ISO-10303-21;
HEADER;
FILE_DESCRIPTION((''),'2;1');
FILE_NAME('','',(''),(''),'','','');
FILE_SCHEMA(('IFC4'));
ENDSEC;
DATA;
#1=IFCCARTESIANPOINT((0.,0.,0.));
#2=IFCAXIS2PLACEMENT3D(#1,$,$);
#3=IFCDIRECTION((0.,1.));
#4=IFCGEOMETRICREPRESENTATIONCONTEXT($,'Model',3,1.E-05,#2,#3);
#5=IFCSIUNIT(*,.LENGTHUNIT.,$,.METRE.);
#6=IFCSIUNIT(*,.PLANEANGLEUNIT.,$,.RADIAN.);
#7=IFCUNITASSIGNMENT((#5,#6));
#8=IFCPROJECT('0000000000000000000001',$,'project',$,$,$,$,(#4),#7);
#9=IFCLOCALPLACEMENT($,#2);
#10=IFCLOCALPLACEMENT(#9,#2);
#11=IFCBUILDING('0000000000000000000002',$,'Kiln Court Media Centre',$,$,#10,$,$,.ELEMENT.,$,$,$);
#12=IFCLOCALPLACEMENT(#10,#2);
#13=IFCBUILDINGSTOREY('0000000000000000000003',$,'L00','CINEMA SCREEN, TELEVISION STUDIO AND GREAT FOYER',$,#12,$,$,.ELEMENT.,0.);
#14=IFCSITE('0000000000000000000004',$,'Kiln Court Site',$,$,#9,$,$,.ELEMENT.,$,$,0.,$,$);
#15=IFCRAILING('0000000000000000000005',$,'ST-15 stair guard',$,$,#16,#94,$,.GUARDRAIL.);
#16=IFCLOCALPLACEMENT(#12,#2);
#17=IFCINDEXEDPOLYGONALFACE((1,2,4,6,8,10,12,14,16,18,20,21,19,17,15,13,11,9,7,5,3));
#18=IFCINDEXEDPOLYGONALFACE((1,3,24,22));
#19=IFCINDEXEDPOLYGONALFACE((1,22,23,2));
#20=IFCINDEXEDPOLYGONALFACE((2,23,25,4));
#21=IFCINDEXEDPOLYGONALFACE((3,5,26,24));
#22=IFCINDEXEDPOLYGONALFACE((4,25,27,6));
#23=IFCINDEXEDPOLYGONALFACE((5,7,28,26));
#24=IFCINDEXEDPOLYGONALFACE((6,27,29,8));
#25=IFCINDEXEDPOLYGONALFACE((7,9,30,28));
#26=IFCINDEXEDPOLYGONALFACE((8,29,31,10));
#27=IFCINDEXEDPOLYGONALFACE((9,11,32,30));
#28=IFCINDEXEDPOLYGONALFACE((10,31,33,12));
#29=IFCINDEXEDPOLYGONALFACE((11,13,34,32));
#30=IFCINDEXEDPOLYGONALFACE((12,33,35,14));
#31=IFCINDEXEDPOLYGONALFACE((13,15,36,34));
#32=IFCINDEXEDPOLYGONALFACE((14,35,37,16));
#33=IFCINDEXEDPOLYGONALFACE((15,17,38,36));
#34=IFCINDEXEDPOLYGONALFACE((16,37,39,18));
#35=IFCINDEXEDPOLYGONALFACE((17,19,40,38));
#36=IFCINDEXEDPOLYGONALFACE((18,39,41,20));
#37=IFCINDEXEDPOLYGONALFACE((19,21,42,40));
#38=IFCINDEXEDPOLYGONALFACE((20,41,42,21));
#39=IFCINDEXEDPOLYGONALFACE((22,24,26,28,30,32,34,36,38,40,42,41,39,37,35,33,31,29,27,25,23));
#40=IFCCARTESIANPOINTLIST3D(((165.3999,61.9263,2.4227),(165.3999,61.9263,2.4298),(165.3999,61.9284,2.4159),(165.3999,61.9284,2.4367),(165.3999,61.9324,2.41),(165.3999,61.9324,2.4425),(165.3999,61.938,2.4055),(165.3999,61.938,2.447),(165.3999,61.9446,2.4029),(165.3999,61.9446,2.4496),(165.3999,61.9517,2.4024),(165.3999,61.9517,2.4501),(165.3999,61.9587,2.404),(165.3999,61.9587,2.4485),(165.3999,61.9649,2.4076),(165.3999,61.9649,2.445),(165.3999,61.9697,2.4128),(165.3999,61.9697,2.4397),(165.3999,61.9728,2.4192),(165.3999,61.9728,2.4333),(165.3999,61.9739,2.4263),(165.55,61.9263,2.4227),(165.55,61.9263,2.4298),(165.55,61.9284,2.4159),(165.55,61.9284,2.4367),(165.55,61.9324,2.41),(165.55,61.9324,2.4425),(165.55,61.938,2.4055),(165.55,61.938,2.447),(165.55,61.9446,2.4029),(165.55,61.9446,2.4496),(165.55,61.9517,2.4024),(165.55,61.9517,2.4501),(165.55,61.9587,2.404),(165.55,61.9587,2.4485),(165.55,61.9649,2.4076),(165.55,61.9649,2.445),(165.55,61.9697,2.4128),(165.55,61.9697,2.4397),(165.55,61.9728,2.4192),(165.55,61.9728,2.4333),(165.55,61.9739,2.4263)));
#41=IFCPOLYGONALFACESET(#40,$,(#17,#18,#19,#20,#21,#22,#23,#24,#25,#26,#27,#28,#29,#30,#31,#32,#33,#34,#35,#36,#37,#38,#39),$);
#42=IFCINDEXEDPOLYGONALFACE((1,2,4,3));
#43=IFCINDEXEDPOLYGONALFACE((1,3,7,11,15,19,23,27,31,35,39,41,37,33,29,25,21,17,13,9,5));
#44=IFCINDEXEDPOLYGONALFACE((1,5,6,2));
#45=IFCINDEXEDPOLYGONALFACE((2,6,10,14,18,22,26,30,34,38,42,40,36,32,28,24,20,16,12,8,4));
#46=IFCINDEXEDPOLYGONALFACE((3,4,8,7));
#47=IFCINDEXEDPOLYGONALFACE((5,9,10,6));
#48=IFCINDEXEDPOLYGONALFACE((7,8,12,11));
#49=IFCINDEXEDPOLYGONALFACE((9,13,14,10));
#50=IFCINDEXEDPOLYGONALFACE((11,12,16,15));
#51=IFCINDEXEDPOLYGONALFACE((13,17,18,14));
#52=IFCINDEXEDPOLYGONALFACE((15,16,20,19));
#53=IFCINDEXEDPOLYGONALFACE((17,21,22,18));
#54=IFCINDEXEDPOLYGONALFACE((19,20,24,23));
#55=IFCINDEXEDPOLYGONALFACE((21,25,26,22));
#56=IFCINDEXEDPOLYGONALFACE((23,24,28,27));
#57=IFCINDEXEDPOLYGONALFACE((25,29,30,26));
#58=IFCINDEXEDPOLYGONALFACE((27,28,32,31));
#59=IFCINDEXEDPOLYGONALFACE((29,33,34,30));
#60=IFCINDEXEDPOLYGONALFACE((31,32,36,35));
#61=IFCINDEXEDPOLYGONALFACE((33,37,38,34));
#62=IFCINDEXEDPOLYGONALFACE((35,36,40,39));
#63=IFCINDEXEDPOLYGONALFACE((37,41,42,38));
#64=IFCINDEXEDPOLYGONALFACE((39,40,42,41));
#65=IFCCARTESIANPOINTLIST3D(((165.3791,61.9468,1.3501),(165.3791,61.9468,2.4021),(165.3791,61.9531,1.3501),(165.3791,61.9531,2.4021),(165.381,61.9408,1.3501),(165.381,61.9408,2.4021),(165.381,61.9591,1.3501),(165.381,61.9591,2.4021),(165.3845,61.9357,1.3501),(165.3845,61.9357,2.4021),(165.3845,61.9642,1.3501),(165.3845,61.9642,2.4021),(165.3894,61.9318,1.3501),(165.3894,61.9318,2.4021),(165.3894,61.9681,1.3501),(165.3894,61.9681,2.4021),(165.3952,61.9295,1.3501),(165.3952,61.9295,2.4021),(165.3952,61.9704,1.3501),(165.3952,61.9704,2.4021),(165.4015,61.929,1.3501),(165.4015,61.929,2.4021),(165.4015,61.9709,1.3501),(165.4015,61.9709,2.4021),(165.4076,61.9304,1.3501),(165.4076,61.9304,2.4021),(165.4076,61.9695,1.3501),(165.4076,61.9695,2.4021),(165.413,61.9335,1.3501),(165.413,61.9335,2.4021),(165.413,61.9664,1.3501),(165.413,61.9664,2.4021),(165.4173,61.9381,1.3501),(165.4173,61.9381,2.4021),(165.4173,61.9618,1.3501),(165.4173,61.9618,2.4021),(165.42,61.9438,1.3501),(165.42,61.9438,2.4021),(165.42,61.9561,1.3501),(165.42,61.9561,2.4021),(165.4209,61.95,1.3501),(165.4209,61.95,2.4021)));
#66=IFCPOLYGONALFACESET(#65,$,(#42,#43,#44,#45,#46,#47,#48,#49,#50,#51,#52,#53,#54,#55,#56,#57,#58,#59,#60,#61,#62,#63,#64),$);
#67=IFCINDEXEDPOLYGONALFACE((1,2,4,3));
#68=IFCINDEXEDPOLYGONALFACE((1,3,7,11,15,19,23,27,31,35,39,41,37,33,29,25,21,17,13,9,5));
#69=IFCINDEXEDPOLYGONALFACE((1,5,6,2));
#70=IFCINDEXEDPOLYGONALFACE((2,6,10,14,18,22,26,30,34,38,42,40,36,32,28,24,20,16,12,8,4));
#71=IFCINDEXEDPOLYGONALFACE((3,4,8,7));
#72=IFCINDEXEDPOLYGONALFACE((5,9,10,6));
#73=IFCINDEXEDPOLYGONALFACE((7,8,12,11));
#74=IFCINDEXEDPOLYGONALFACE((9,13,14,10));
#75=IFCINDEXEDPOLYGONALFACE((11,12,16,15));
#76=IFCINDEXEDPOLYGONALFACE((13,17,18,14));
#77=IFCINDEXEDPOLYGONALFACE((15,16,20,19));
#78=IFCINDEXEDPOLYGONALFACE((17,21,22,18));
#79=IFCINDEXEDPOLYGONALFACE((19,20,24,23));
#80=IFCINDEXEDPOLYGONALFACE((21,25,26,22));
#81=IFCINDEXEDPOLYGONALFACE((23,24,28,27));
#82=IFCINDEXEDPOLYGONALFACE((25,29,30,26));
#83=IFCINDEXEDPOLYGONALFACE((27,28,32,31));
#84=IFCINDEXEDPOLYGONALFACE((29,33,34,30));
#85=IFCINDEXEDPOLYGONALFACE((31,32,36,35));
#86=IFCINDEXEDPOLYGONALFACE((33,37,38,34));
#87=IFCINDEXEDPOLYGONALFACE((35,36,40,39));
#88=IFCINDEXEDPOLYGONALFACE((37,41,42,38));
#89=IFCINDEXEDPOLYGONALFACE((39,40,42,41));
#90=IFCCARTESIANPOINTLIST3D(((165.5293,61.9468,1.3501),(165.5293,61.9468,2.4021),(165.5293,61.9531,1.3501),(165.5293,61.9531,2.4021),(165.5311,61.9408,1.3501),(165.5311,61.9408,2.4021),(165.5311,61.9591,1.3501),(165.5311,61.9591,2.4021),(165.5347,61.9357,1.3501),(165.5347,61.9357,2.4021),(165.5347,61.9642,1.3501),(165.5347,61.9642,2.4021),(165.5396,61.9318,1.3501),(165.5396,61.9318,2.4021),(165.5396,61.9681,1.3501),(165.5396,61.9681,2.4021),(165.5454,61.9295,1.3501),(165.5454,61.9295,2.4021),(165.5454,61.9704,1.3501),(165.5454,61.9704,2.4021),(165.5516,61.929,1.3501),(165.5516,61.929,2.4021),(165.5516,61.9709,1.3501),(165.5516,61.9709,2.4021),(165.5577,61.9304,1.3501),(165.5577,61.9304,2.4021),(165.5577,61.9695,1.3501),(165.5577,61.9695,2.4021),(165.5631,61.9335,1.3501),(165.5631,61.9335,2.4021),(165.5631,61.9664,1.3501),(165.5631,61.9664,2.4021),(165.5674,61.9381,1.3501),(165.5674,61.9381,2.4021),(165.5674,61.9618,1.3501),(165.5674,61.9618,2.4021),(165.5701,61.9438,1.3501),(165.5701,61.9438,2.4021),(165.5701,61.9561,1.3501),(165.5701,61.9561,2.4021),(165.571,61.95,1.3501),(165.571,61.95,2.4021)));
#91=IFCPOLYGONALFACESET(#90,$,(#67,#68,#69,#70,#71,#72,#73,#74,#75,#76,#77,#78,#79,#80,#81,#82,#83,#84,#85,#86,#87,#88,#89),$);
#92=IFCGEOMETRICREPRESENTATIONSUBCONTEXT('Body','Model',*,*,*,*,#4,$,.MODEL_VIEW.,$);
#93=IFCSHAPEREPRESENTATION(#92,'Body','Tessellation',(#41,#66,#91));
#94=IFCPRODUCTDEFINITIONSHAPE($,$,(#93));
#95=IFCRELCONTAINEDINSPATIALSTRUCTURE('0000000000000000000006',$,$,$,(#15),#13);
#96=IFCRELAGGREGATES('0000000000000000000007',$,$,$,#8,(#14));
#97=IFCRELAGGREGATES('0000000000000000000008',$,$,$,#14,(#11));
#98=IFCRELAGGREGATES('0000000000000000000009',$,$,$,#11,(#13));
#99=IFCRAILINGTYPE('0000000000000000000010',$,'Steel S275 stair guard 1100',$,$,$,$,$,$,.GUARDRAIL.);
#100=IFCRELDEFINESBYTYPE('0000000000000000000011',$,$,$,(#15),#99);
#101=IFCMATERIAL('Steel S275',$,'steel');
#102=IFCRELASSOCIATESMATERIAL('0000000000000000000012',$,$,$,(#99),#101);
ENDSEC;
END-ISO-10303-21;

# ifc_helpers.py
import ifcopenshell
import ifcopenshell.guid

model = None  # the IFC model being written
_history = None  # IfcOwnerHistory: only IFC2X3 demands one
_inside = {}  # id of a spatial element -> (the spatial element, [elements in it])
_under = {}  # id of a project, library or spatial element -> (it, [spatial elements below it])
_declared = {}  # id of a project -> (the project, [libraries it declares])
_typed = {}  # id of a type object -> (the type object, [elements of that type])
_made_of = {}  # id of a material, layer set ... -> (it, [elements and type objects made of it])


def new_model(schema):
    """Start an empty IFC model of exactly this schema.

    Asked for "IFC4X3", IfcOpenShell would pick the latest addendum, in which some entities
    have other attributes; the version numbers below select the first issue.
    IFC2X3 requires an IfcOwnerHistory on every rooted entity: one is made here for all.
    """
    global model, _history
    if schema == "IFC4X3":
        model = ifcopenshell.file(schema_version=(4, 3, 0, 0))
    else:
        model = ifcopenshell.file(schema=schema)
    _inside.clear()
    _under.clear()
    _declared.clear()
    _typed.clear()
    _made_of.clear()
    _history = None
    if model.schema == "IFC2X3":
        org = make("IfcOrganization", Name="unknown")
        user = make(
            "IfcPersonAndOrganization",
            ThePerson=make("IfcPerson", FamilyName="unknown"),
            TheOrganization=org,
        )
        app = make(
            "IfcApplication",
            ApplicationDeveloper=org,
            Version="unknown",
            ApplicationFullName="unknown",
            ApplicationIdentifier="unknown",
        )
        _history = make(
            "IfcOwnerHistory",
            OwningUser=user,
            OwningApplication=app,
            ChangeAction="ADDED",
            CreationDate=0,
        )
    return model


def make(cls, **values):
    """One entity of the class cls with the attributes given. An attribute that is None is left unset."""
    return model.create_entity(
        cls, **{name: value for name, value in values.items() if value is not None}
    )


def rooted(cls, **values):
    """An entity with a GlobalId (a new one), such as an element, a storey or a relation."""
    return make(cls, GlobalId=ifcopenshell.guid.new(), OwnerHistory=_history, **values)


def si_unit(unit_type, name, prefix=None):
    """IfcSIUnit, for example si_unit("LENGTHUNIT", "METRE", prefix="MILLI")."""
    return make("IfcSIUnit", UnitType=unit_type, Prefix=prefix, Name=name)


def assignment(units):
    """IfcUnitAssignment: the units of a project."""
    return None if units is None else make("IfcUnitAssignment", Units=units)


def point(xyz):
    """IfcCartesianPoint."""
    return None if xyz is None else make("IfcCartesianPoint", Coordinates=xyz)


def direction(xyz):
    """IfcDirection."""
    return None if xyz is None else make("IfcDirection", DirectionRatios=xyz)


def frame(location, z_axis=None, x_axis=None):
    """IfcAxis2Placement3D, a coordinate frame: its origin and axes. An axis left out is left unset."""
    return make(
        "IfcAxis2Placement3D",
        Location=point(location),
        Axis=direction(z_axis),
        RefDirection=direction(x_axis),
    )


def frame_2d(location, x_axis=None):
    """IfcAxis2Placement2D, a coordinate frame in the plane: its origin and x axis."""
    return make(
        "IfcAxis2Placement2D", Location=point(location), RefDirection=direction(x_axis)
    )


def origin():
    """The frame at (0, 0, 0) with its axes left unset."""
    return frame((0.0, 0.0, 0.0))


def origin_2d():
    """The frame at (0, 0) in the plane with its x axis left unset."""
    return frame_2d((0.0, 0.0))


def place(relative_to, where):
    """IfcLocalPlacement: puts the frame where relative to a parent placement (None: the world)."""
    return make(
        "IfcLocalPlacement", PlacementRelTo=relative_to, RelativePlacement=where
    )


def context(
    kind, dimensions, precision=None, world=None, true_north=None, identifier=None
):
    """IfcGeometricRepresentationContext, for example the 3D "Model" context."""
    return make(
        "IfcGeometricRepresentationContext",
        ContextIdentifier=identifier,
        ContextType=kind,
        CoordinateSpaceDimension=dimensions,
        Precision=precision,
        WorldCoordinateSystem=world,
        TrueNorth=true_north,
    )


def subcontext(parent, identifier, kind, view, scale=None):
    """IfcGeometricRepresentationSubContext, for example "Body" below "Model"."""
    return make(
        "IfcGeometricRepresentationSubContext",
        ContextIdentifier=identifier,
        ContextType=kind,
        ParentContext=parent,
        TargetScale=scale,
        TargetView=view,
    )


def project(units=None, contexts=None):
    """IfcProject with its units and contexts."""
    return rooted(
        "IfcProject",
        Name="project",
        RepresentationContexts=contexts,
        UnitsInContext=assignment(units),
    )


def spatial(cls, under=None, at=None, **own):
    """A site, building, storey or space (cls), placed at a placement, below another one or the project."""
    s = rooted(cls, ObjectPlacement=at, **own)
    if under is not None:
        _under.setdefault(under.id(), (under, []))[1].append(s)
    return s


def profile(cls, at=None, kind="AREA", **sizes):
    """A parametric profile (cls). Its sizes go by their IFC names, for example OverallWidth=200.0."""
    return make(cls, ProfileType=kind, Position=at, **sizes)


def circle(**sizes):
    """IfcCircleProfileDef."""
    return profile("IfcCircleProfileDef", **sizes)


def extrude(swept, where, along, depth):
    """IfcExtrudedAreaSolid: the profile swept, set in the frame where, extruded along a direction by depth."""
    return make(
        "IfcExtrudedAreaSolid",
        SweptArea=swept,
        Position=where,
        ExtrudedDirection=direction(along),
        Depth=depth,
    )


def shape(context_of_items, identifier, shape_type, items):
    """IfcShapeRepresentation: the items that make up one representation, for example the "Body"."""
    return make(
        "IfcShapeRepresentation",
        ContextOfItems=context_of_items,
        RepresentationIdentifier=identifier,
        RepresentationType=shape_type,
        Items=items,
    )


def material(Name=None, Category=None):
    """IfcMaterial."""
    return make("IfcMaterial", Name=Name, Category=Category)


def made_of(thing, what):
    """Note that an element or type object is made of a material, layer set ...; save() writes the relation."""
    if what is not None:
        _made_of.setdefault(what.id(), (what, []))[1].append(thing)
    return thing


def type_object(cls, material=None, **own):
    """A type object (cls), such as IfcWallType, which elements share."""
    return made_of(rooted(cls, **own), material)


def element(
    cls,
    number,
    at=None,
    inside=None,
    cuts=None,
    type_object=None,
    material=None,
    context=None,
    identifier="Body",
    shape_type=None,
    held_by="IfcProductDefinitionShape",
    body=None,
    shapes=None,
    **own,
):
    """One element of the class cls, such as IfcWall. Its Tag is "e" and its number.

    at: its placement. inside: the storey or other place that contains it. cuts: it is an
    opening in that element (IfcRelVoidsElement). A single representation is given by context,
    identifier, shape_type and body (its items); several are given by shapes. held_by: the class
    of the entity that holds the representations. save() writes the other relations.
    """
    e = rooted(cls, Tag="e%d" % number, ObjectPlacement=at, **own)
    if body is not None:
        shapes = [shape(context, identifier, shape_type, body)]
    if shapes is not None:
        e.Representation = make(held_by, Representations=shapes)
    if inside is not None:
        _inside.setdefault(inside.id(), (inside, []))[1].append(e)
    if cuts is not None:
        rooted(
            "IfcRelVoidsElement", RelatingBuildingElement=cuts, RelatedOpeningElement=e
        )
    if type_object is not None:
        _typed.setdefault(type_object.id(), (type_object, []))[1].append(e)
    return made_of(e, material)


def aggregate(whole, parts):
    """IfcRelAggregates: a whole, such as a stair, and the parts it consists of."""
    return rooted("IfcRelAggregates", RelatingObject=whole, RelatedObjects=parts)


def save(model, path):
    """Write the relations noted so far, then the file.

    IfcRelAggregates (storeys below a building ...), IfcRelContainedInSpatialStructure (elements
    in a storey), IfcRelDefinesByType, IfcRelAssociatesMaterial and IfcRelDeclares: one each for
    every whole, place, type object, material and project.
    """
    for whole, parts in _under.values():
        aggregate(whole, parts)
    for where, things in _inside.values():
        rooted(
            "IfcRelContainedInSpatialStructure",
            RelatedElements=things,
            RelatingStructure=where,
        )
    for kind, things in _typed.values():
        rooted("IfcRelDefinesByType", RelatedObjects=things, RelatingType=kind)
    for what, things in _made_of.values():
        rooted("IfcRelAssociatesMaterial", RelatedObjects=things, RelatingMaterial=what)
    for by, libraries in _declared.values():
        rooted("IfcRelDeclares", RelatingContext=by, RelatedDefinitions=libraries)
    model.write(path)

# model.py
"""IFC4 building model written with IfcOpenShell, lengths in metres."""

from ifc_helpers import new_model, si_unit, direction, frame, origin, origin_2d, place, context, subcontext, project, spatial, circle, extrude, material, type_object, element, save


model = new_model("IFC4")

# Units and contexts
model_context = context("Model", 3, precision=1e-05, world=origin(), true_north=direction((0.0, 1.0)))
body_context = subcontext(model_context, "Body", "Model", "MODEL_VIEW")
ifc_project = project(units=[si_unit("LENGTHUNIT", "METRE"), si_unit("PLANEANGLEUNIT", "RADIAN")], contexts=[model_context])

# Site, building, storey
site_placement = place(None, origin())
site = spatial("IfcSite", under=ifc_project, at=site_placement, Name="Kiln Court Site", CompositionType="ELEMENT", RefElevation=0.0)
building_placement = place(site_placement, origin())
building = spatial("IfcBuilding", under=site, at=building_placement, Name="Kiln Court Media Centre", CompositionType="ELEMENT")
storey_placement = place(building_placement, origin())
storey = spatial("IfcBuildingStorey", under=building, at=storey_placement, Name="L00", Description="CINEMA SCREEN, TELEVISION STUDIO AND GREAT FOYER", CompositionType="ELEMENT", Elevation=0.0)

# Railing
ifc_material_1 = material(Name="Steel S275", Category="steel")
railing_type_1 = type_object("IfcRailingType", Name="Steel S275 stair guard 1100", PredefinedType="GUARDRAIL", material=ifc_material_1)
railing_1_placement = place(storey_placement, frame((165.3999, 61.95, 1.3501)))
element("IfcRailing", 1, at=railing_1_placement, inside=storey, type_object=railing_type_1, Name="ST-15 stair guard", PredefinedType="GUARDRAIL", context=body_context, shape_type="SweptSolid", body=[
    extrude(circle(Radius=0.0239, at=origin_2d()), frame((0.0, 0.0, 1.0762), z_axis=(1.0, 0.0, 0.0), x_axis=(0.0, 1.0, 0.0)), (0.0, 0.0, 1.0), 0.1501),
    extrude(circle(Radius=0.021, at=origin_2d()), origin(), (0.0, 0.0, 1.0), 1.052),
    extrude(circle(Radius=0.021, at=origin_2d()), frame((0.1501, 0.0, 0.0)), (0.0, 0.0, 1.0), 1.052),
])

save(model, "model.ifc")
